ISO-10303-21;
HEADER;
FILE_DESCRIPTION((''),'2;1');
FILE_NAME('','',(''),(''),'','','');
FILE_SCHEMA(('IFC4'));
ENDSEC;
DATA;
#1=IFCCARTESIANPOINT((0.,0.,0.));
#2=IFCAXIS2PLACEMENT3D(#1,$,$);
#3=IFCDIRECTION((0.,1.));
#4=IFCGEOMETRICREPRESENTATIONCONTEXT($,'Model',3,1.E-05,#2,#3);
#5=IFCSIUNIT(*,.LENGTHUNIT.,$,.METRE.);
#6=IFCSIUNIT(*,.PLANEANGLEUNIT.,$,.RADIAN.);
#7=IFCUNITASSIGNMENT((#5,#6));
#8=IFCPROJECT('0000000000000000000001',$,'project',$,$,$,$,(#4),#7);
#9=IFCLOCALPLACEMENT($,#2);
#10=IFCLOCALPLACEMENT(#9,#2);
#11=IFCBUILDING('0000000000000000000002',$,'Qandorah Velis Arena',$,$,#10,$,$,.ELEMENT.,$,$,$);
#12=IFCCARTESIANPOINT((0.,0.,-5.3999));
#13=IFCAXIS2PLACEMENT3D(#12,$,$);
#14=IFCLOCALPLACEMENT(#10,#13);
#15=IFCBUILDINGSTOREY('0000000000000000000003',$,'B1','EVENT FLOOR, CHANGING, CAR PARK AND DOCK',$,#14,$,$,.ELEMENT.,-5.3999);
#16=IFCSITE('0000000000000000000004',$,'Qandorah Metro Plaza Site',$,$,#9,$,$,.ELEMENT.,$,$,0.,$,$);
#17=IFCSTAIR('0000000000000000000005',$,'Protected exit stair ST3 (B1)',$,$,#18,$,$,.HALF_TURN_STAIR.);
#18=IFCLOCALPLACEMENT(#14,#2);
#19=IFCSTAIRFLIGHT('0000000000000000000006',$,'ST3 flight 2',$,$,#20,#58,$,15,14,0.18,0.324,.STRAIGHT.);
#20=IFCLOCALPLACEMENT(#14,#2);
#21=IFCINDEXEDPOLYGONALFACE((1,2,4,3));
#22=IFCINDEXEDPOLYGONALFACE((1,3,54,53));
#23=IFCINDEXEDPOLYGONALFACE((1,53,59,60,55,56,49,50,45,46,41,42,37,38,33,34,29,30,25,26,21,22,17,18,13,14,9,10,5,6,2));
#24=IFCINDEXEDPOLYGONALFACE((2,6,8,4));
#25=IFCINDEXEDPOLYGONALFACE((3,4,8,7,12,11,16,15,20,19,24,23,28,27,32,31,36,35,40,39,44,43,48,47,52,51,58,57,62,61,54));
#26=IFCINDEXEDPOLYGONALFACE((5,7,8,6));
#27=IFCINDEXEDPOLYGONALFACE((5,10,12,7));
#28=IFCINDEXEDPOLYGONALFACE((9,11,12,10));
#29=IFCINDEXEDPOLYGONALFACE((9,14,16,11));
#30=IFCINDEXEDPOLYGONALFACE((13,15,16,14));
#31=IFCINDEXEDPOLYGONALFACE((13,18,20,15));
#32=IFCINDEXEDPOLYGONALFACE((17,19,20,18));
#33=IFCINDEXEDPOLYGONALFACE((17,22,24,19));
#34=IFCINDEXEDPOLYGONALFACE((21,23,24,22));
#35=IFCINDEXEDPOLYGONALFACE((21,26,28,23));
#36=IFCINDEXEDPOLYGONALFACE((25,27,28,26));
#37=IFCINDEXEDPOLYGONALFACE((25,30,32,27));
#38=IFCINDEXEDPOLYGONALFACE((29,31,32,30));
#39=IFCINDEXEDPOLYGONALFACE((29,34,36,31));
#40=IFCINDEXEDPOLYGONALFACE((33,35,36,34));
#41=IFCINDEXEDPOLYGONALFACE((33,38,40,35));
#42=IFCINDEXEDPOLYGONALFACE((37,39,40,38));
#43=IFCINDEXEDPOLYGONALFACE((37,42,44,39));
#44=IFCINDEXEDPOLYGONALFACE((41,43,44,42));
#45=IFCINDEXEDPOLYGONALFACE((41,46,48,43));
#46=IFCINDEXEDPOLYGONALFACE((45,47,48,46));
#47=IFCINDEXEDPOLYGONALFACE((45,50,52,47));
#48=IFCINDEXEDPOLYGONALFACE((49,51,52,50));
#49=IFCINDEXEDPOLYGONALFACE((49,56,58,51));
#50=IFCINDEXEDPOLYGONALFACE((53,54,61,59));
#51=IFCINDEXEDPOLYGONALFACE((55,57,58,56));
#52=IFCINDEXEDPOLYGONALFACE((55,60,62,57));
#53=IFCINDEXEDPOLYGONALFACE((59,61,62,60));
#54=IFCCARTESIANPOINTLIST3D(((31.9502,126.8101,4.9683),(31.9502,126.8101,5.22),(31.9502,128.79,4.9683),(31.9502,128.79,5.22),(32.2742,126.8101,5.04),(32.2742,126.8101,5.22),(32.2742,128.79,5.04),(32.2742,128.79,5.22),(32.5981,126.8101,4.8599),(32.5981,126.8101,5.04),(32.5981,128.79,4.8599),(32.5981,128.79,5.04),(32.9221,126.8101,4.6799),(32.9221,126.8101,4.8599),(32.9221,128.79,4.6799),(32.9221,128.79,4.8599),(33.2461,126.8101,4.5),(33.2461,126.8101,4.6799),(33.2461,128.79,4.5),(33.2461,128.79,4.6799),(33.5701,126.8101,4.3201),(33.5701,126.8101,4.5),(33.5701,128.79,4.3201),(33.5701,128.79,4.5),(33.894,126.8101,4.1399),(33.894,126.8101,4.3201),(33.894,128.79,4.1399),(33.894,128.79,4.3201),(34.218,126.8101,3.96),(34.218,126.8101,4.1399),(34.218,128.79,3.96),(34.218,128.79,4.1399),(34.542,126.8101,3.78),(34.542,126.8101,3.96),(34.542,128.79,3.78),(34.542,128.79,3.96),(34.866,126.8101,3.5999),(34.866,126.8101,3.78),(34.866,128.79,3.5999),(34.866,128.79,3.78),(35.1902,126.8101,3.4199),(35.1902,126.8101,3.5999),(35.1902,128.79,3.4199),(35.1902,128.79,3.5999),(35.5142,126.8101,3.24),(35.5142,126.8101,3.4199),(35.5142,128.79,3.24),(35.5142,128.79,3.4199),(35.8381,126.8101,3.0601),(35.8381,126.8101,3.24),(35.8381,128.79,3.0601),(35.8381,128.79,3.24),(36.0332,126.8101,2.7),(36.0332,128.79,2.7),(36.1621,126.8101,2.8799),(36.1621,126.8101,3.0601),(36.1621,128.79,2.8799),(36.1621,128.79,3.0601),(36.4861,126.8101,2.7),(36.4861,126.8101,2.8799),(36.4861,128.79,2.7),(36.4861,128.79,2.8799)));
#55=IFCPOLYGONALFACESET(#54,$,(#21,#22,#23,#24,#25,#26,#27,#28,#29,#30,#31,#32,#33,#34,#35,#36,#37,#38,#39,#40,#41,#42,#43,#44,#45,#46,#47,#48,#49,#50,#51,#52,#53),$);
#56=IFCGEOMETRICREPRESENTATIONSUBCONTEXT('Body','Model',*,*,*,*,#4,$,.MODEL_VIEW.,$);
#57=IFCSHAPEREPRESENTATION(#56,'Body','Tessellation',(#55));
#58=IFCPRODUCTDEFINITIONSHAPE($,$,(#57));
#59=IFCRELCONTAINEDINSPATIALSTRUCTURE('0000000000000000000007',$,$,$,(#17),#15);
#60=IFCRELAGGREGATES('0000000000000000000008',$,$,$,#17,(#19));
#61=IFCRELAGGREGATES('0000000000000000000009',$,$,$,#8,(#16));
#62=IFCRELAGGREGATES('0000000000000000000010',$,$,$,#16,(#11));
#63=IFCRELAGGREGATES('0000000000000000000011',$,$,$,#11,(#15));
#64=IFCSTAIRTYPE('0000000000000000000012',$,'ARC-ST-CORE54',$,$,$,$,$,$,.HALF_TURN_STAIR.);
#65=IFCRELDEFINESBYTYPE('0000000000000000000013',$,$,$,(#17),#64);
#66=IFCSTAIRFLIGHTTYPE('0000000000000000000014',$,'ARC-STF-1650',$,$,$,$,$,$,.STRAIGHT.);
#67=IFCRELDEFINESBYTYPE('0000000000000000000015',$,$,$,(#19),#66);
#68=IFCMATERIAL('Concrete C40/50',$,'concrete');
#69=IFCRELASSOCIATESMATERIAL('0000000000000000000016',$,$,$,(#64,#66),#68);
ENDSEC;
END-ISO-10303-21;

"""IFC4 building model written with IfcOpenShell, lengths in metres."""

from ifc_helpers import new_model, si_unit, direction, frame, origin, place, context, subcontext, project, spatial, polyline, outline, extrude, material, type_object, element, aggregate, save


model = new_model("IFC4")

# Units and contexts
model_context = context("Model", 3, precision=1e-05, world=origin(), true_north=direction((0.0, 1.0)))
body_context = subcontext(model_context, "Body", "Model", "MODEL_VIEW")
ifc_project = project(units=[si_unit("LENGTHUNIT", "METRE"), si_unit("PLANEANGLEUNIT", "RADIAN")], contexts=[model_context])

# Site, building, storey
site_placement = place(None, origin())
site = spatial("IfcSite", under=ifc_project, at=site_placement, Name="Qandorah Metro Plaza Site", CompositionType="ELEMENT", RefElevation=0.0)
building_placement = place(site_placement, origin())
building = spatial("IfcBuilding", under=site, at=building_placement, Name="Qandorah Velis Arena", CompositionType="ELEMENT")
storey_placement = place(building_placement, frame((0.0, 0.0, -5.3999)))
storey = spatial("IfcBuildingStorey", under=building, at=storey_placement, Name="B1", Description="EVENT FLOOR, CHANGING, CAR PARK AND DOCK", CompositionType="ELEMENT", Elevation=-5.3999)

# Shared definitions
ifc_material_1 = material(Name="Concrete C40/50", Category="concrete")

# Stair, stair flight
stair_type = type_object("IfcStairType", Name="ARC-ST-CORE54", PredefinedType="HALF_TURN_STAIR", material=ifc_material_1)
stair_placement = place(storey_placement, origin())
stair = element("IfcStair", 1, at=stair_placement, inside=storey, type_object=stair_type, Name="Protected exit stair ST3 (B1)", PredefinedType="HALF_TURN_STAIR")
stair_flight_type = type_object("IfcStairFlightType", Name="ARC-STF-1650", PredefinedType="STRAIGHT", material=ifc_material_1)
stair_flight_placement = place(storey_placement, frame((36.4861, 127.8, 2.7), z_axis=(0.0, 0.0, 1.0), x_axis=(-1.0, 0.0, 0.0)))
stair_flight = element("IfcStairFlight", 2, at=stair_flight_placement, type_object=stair_flight_type, Name="ST3 flight 2", NumberOfRisers=15, NumberOfTreads=14, PredefinedType="STRAIGHT", RiserHeight=0.18, TreadLength=0.324, context=body_context, shape_type="SweptSolid", body=[
    extrude(outline(polyline([(0.0, 0.0), (0.0, 0.1799), (0.324, 0.1799), (0.324, 0.3601), (0.6479, 0.3601), (0.6479, 0.54), (0.9719, 0.54), (0.9719, 0.72), (1.2959, 0.72), (1.2959, 0.8999), (1.6201, 0.8999), (1.6201, 1.0801), (1.9441, 1.0801), (1.9441, 1.26), (2.2681, 1.26), (2.2681, 1.4399), (2.592, 1.4399), (2.592, 1.6201), (2.916, 1.6201), (2.916, 1.8), (3.24, 1.8), (3.24, 1.98), (3.564, 1.98), (3.564, 2.1599), (3.8879, 2.1599), (3.8879, 2.3401), (4.2119, 2.3401), (4.2119, 2.52), (4.5359, 2.52), (4.5359, 2.7), (4.5359, 2.2683), (0.4529, 0.0), (0.0, 0.0)])), frame((0.0, 0.99, 0.0), z_axis=(0.0, -1.0, 0.0), x_axis=(1.0, 0.0, 0.0)), (0.0, 0.0, 1.0), 1.98),
])
aggregate(stair, [stair_flight])

save(model, "model.ifc")
